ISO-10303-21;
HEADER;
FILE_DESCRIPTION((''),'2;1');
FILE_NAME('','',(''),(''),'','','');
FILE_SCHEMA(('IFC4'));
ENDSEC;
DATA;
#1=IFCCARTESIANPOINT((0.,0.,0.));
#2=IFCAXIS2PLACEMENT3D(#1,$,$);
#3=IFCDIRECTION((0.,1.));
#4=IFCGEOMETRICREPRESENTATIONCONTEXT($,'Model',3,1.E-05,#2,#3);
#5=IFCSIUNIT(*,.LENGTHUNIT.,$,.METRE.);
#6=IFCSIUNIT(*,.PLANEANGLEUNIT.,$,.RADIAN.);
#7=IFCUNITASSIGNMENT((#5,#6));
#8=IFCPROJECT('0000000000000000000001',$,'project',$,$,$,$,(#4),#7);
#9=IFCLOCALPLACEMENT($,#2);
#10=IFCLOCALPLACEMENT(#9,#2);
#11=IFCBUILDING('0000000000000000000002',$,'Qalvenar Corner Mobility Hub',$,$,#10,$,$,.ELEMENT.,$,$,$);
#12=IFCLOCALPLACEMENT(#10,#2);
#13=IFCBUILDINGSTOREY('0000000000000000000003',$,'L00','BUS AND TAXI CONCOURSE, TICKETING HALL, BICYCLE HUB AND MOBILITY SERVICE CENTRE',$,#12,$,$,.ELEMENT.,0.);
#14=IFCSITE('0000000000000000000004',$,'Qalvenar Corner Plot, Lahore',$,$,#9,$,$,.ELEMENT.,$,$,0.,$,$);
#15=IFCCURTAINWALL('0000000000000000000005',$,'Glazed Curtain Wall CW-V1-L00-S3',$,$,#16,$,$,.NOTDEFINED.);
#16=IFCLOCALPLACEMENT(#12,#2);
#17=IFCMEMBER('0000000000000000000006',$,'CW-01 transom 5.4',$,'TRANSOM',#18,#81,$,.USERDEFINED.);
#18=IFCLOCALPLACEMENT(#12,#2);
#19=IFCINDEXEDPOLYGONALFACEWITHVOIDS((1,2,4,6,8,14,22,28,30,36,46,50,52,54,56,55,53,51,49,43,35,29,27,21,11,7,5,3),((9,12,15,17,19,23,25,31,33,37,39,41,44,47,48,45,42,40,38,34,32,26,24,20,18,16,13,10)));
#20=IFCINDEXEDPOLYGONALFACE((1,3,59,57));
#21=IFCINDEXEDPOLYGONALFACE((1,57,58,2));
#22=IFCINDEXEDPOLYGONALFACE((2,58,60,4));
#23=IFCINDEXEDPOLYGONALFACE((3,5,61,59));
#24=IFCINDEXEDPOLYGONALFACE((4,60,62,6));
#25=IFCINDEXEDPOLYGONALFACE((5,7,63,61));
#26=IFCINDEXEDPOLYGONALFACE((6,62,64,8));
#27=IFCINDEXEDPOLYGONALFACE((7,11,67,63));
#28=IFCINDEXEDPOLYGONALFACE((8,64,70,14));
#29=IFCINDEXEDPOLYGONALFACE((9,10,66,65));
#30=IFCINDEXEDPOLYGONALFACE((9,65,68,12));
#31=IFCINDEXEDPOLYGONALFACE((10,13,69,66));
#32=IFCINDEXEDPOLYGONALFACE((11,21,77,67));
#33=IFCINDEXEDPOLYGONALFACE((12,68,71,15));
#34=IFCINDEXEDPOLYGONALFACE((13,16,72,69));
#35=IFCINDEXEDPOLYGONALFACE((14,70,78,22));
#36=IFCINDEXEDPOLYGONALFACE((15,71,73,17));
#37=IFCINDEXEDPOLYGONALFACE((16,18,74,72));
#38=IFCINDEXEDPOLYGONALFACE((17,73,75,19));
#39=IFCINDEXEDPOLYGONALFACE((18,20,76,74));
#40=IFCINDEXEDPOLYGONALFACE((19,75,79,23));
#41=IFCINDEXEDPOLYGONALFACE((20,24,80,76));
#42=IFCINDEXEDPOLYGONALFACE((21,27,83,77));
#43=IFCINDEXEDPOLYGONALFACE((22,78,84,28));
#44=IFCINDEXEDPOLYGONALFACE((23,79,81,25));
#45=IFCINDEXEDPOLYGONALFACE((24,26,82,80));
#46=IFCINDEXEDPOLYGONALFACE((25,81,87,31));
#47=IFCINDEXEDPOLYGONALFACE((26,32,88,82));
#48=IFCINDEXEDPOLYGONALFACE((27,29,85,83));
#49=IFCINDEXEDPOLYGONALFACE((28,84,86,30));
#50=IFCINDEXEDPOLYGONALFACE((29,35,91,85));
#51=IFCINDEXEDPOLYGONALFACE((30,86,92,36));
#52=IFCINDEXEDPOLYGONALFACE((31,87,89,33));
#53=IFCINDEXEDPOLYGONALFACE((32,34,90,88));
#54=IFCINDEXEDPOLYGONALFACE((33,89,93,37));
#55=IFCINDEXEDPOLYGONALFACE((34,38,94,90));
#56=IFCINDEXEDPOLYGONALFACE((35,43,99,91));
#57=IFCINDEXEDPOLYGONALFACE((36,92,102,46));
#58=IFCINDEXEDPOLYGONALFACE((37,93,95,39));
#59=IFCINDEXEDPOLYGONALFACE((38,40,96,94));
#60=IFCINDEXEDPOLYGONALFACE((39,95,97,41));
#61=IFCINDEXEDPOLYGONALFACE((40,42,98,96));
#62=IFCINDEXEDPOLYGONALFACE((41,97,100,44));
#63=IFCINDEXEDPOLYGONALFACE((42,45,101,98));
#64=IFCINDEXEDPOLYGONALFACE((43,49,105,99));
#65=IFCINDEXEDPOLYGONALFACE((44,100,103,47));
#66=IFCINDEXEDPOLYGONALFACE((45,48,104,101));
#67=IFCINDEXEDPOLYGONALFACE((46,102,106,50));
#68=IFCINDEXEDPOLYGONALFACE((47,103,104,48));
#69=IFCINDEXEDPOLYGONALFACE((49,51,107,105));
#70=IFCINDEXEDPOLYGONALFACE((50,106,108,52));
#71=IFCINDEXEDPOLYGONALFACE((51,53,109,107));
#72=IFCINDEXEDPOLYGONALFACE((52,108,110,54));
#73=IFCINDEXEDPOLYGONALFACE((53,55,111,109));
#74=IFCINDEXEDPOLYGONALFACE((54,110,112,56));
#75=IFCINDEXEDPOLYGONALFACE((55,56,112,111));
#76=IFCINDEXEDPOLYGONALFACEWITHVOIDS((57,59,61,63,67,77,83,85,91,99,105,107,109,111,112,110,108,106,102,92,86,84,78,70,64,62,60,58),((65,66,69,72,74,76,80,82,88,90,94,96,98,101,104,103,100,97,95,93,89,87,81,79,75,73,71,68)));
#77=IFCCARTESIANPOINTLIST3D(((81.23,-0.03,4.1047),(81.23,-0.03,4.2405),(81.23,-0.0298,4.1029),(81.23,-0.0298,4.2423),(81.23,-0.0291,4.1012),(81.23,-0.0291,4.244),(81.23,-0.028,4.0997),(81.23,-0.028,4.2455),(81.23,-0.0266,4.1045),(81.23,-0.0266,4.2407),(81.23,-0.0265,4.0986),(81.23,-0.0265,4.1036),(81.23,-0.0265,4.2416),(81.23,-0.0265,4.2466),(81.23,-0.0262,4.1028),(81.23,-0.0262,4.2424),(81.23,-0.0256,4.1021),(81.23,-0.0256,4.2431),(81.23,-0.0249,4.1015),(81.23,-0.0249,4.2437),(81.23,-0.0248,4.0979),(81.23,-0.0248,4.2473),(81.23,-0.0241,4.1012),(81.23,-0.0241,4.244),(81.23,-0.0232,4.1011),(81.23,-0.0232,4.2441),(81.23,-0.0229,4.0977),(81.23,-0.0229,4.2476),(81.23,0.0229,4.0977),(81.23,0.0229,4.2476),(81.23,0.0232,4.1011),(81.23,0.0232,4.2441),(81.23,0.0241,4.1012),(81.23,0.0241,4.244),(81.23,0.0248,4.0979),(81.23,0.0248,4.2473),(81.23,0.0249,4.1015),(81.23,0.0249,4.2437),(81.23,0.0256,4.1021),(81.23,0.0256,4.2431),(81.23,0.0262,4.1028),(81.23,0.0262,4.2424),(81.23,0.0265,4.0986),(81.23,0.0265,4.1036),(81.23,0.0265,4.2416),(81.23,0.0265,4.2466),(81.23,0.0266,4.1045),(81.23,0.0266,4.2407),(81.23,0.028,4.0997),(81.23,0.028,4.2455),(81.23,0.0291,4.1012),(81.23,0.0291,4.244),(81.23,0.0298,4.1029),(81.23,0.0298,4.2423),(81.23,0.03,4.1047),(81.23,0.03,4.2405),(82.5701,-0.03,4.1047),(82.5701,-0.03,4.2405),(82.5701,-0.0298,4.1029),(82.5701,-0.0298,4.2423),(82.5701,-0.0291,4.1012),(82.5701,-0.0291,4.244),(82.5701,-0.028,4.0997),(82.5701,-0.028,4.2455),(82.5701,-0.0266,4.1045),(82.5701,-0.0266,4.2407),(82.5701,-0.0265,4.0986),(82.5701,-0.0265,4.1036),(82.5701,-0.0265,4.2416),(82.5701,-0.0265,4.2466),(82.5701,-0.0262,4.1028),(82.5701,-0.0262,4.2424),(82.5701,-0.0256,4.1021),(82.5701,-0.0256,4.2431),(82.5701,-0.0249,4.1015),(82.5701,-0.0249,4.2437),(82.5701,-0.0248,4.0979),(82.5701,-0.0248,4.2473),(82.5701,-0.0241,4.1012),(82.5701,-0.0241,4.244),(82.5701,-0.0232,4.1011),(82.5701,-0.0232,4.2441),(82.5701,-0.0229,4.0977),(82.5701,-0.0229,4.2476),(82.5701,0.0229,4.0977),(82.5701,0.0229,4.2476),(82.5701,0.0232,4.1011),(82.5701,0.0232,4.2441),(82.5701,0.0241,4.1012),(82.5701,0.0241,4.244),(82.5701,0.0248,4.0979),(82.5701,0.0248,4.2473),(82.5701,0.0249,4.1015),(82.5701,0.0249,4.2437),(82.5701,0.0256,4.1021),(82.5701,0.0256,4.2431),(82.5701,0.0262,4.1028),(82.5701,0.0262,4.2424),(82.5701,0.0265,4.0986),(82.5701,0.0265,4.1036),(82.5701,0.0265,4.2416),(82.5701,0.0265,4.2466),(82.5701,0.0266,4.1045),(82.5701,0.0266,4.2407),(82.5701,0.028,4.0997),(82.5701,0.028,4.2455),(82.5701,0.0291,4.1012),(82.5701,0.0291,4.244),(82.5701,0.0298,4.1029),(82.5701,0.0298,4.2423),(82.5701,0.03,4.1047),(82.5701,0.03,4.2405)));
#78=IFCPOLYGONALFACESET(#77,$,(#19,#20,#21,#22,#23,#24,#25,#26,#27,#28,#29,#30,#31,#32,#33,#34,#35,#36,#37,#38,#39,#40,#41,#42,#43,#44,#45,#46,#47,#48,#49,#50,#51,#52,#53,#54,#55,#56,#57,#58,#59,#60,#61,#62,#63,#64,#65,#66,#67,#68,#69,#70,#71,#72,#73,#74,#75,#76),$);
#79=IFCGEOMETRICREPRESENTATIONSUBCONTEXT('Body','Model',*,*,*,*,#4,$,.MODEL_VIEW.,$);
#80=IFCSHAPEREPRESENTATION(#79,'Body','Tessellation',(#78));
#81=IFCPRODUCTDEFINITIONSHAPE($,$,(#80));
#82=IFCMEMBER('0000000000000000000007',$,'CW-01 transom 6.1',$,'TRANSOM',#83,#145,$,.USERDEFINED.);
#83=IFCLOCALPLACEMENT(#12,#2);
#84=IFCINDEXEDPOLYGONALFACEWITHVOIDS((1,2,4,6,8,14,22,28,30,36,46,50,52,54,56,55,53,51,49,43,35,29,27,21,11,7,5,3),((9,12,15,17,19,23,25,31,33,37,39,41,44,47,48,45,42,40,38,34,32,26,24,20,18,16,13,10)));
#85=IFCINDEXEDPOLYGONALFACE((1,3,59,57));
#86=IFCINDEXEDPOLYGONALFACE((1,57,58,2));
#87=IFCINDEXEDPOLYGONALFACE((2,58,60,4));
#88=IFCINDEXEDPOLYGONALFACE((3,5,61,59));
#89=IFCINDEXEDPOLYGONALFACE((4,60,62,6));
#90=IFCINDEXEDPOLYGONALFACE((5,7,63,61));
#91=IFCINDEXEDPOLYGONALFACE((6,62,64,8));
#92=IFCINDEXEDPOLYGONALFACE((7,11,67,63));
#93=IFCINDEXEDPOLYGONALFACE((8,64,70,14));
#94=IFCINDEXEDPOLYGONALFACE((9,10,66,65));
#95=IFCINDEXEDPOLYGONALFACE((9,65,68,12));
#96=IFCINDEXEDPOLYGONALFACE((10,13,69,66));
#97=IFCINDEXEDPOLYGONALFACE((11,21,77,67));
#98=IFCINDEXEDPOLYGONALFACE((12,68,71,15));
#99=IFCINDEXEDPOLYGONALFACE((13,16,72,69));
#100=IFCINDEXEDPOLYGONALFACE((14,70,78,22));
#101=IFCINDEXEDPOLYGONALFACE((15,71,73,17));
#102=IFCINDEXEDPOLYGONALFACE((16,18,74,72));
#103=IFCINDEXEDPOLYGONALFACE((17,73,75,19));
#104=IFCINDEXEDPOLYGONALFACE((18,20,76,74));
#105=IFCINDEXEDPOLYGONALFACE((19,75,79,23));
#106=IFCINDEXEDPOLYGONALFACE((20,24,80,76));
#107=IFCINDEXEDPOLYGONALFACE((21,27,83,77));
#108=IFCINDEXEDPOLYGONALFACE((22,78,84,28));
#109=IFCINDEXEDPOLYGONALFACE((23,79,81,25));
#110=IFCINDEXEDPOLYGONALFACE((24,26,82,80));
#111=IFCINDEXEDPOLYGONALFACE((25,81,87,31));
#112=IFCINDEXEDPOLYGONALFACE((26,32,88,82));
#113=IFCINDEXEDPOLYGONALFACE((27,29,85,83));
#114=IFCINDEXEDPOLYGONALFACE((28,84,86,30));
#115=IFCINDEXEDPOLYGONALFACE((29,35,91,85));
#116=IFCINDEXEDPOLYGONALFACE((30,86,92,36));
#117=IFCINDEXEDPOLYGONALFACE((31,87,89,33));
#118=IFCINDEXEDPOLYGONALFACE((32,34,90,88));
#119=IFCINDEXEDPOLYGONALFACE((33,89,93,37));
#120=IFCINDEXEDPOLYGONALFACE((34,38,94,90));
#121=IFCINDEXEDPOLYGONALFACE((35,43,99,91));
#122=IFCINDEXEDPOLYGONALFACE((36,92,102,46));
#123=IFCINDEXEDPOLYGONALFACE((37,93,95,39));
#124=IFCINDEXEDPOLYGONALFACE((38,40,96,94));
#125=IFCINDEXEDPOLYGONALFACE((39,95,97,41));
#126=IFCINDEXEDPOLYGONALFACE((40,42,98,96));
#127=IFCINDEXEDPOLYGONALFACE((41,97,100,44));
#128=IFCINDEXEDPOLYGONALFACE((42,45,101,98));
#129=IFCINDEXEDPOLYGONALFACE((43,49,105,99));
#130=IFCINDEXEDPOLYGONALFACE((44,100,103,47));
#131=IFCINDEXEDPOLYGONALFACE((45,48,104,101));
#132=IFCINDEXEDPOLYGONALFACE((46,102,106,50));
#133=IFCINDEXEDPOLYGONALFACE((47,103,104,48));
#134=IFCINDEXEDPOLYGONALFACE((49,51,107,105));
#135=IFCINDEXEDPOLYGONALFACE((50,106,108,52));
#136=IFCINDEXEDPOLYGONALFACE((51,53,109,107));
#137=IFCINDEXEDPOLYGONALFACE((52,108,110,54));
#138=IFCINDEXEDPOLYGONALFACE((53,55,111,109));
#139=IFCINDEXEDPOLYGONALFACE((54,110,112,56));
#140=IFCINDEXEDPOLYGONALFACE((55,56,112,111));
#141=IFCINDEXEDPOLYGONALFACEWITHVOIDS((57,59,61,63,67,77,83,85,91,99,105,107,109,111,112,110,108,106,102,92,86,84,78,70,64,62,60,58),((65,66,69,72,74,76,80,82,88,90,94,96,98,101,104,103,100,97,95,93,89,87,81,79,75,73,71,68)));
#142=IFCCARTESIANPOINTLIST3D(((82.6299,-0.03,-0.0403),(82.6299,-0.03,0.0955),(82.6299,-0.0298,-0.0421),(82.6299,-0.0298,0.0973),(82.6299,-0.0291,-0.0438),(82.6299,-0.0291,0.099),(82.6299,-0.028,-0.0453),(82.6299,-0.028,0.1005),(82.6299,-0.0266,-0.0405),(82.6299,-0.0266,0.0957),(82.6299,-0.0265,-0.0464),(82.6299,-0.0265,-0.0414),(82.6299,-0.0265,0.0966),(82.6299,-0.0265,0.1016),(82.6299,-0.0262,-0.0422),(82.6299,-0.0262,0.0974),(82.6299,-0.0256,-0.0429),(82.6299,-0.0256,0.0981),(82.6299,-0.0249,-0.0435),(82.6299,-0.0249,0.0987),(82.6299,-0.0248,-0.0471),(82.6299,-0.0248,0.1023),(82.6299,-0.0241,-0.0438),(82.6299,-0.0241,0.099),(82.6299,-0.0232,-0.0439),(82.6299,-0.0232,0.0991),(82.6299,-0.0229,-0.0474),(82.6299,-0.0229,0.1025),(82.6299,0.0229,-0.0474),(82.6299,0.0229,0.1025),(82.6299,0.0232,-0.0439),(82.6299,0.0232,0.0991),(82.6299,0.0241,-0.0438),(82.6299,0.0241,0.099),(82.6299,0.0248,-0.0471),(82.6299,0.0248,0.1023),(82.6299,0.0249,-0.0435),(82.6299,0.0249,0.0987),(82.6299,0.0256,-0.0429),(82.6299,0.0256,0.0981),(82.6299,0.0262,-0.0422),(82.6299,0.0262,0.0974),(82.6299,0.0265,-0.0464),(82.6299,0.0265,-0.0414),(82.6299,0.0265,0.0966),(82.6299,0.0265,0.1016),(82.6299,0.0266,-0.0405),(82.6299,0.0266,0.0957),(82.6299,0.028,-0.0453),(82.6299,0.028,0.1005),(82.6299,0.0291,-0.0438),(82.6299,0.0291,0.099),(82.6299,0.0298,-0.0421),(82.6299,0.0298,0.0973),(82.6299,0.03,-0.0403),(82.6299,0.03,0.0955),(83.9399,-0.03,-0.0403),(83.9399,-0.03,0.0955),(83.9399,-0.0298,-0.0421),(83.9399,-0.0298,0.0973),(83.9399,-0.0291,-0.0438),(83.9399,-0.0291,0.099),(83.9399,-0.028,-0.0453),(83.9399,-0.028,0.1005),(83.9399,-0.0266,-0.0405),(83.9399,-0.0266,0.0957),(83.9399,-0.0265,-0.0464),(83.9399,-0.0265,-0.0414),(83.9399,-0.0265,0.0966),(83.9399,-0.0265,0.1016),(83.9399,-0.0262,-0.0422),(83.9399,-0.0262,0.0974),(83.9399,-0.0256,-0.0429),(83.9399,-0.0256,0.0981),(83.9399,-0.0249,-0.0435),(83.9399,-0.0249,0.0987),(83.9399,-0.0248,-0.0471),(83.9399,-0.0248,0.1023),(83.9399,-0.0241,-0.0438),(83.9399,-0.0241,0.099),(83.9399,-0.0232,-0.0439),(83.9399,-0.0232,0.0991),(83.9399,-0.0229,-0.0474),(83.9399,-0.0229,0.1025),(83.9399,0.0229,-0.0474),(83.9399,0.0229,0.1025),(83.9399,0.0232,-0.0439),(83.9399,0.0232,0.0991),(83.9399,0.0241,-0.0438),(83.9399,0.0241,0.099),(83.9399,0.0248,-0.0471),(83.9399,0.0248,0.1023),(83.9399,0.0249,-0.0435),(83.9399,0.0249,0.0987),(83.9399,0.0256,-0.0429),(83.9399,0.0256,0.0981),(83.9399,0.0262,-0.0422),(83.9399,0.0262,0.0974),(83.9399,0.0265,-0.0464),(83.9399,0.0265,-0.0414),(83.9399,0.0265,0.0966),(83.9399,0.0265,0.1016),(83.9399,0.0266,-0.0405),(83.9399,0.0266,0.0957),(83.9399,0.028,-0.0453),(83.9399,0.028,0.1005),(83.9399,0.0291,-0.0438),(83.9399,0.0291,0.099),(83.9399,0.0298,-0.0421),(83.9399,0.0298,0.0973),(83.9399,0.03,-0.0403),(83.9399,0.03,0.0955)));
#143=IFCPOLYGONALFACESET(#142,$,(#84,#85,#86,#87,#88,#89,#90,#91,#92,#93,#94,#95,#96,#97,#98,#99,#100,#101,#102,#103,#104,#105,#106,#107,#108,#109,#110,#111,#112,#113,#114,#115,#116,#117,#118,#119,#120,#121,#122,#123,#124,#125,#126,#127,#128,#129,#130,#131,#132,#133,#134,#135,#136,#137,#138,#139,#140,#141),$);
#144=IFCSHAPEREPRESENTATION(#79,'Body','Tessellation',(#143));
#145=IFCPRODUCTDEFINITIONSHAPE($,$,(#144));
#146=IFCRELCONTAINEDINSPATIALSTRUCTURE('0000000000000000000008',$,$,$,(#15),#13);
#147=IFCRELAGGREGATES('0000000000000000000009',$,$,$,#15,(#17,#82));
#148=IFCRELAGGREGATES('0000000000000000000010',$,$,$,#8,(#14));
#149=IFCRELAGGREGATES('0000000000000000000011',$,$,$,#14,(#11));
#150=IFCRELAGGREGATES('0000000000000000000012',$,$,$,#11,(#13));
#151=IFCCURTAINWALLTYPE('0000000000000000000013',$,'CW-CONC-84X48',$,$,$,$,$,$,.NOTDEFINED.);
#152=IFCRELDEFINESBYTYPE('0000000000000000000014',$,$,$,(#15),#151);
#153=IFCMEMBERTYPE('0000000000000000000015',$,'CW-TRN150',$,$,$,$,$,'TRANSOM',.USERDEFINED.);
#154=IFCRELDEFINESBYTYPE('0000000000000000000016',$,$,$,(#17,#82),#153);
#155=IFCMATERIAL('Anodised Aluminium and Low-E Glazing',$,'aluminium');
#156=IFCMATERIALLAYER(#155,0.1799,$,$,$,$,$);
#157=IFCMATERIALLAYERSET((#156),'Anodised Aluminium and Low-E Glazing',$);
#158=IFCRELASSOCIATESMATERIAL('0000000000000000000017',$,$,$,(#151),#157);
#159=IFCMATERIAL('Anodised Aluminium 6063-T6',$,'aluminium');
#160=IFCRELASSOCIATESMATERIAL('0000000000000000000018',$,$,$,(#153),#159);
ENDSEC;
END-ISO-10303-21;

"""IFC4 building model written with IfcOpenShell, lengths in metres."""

from ifc_helpers import new_model, si_unit, direction, frame, origin, origin_2d, place, context, subcontext, project, spatial, hollow_rectangle, extrude, material, layer, layer_set, material_profile, profile_set, type_object, element, aggregate, save


model = new_model("IFC4")

# Units and contexts
model_context = context("Model", 3, precision=1e-05, world=origin(), true_north=direction((0.0, 1.0)))
body_context = subcontext(model_context, "Body", "Model", "MODEL_VIEW")
ifc_project = project(units=[si_unit("LENGTHUNIT", "METRE"), si_unit("PLANEANGLEUNIT", "RADIAN")], contexts=[model_context])

# Site, building, storey
site_placement = place(None, origin())
site = spatial("IfcSite", under=ifc_project, at=site_placement, Name="Qalvenar Corner Plot, Lahore", CompositionType="ELEMENT", RefElevation=0.0)
building_placement = place(site_placement, origin())
building = spatial("IfcBuilding", under=site, at=building_placement, Name="Qalvenar Corner Mobility Hub", CompositionType="ELEMENT")
storey_placement = place(building_placement, origin())
storey = spatial("IfcBuildingStorey", under=building, at=storey_placement, Name="L00", Description="BUS AND TAXI CONCOURSE, TICKETING HALL, BICYCLE HUB AND MOBILITY SERVICE CENTRE", CompositionType="ELEMENT", Elevation=0.0)

# Curtain wall, members
ifc_material_1 = material(Name="Anodised Aluminium and Low-E Glazing", Category="aluminium")
ifc_layer_1 = layer(ifc_material_1, 0.1799)
ifc_layer_set_1 = layer_set([ifc_layer_1], Name="Anodised Aluminium and Low-E Glazing")
curtain_wall_type = type_object("IfcCurtainWallType", Name="CW-CONC-84X48", PredefinedType="NOTDEFINED", material=ifc_layer_set_1)
curtain_wall_placement = place(storey_placement, origin())
curtain_wall = element("IfcCurtainWall", 1, at=curtain_wall_placement, inside=storey, type_object=curtain_wall_type, Name="Glazed Curtain Wall CW-V1-L00-S3", PredefinedType="NOTDEFINED")
ifc_material_2 = material(Name="Anodised Aluminium 6063-T6", Category="aluminium")
ifc_material_profile_1 = material_profile(ifc_material_2, hollow_rectangle(XDim=0.0601, YDim=0.1499, WallThickness=0.0034, InnerFilletRadius=0.0034, OuterFilletRadius=0.0071, at=origin_2d()), Name="RHS150x60x3.5")
ifc_profile_set_1 = profile_set([ifc_material_profile_1], Name="Anodised Aluminium 6063-T6")
member_type_1 = type_object("IfcMemberType", Name="CW-TRN150", ElementType="TRANSOM", PredefinedType="USERDEFINED", material=ifc_profile_set_1)
member_1_placement = place(storey_placement, frame((81.23, 0.0, 4.1726), z_axis=(1.0, 0.0, 0.0), x_axis=(0.0, 1.0, 0.0)))
member_1 = element("IfcMember", 2, at=member_1_placement, type_object=member_type_1, Name="CW-01 transom 5.4", ObjectType="TRANSOM", PredefinedType="USERDEFINED", context=body_context, shape_type="SweptSolid", body=[
    extrude(hollow_rectangle(XDim=0.0601, YDim=0.1499, WallThickness=0.0034, InnerFilletRadius=0.0034, OuterFilletRadius=0.0071, at=origin_2d()), origin(), (0.0, 0.0, 1.0), 1.3401),
])
member_2_placement = place(storey_placement, frame((82.6299, 0.0, 0.0276), z_axis=(1.0, 0.0, 0.0), x_axis=(0.0, 1.0, 0.0)))
member_2 = element("IfcMember", 3, at=member_2_placement, type_object=member_type_1, Name="CW-01 transom 6.1", ObjectType="TRANSOM", PredefinedType="USERDEFINED", context=body_context, shape_type="SweptSolid", body=[
    extrude(hollow_rectangle(XDim=0.0601, YDim=0.1499, WallThickness=0.0034, InnerFilletRadius=0.0034, OuterFilletRadius=0.0071, at=origin_2d()), origin(), (0.0, 0.0, 1.0), 1.3101),
])
aggregate(curtain_wall, [member_1, member_2])

save(model, "model.ifc")
